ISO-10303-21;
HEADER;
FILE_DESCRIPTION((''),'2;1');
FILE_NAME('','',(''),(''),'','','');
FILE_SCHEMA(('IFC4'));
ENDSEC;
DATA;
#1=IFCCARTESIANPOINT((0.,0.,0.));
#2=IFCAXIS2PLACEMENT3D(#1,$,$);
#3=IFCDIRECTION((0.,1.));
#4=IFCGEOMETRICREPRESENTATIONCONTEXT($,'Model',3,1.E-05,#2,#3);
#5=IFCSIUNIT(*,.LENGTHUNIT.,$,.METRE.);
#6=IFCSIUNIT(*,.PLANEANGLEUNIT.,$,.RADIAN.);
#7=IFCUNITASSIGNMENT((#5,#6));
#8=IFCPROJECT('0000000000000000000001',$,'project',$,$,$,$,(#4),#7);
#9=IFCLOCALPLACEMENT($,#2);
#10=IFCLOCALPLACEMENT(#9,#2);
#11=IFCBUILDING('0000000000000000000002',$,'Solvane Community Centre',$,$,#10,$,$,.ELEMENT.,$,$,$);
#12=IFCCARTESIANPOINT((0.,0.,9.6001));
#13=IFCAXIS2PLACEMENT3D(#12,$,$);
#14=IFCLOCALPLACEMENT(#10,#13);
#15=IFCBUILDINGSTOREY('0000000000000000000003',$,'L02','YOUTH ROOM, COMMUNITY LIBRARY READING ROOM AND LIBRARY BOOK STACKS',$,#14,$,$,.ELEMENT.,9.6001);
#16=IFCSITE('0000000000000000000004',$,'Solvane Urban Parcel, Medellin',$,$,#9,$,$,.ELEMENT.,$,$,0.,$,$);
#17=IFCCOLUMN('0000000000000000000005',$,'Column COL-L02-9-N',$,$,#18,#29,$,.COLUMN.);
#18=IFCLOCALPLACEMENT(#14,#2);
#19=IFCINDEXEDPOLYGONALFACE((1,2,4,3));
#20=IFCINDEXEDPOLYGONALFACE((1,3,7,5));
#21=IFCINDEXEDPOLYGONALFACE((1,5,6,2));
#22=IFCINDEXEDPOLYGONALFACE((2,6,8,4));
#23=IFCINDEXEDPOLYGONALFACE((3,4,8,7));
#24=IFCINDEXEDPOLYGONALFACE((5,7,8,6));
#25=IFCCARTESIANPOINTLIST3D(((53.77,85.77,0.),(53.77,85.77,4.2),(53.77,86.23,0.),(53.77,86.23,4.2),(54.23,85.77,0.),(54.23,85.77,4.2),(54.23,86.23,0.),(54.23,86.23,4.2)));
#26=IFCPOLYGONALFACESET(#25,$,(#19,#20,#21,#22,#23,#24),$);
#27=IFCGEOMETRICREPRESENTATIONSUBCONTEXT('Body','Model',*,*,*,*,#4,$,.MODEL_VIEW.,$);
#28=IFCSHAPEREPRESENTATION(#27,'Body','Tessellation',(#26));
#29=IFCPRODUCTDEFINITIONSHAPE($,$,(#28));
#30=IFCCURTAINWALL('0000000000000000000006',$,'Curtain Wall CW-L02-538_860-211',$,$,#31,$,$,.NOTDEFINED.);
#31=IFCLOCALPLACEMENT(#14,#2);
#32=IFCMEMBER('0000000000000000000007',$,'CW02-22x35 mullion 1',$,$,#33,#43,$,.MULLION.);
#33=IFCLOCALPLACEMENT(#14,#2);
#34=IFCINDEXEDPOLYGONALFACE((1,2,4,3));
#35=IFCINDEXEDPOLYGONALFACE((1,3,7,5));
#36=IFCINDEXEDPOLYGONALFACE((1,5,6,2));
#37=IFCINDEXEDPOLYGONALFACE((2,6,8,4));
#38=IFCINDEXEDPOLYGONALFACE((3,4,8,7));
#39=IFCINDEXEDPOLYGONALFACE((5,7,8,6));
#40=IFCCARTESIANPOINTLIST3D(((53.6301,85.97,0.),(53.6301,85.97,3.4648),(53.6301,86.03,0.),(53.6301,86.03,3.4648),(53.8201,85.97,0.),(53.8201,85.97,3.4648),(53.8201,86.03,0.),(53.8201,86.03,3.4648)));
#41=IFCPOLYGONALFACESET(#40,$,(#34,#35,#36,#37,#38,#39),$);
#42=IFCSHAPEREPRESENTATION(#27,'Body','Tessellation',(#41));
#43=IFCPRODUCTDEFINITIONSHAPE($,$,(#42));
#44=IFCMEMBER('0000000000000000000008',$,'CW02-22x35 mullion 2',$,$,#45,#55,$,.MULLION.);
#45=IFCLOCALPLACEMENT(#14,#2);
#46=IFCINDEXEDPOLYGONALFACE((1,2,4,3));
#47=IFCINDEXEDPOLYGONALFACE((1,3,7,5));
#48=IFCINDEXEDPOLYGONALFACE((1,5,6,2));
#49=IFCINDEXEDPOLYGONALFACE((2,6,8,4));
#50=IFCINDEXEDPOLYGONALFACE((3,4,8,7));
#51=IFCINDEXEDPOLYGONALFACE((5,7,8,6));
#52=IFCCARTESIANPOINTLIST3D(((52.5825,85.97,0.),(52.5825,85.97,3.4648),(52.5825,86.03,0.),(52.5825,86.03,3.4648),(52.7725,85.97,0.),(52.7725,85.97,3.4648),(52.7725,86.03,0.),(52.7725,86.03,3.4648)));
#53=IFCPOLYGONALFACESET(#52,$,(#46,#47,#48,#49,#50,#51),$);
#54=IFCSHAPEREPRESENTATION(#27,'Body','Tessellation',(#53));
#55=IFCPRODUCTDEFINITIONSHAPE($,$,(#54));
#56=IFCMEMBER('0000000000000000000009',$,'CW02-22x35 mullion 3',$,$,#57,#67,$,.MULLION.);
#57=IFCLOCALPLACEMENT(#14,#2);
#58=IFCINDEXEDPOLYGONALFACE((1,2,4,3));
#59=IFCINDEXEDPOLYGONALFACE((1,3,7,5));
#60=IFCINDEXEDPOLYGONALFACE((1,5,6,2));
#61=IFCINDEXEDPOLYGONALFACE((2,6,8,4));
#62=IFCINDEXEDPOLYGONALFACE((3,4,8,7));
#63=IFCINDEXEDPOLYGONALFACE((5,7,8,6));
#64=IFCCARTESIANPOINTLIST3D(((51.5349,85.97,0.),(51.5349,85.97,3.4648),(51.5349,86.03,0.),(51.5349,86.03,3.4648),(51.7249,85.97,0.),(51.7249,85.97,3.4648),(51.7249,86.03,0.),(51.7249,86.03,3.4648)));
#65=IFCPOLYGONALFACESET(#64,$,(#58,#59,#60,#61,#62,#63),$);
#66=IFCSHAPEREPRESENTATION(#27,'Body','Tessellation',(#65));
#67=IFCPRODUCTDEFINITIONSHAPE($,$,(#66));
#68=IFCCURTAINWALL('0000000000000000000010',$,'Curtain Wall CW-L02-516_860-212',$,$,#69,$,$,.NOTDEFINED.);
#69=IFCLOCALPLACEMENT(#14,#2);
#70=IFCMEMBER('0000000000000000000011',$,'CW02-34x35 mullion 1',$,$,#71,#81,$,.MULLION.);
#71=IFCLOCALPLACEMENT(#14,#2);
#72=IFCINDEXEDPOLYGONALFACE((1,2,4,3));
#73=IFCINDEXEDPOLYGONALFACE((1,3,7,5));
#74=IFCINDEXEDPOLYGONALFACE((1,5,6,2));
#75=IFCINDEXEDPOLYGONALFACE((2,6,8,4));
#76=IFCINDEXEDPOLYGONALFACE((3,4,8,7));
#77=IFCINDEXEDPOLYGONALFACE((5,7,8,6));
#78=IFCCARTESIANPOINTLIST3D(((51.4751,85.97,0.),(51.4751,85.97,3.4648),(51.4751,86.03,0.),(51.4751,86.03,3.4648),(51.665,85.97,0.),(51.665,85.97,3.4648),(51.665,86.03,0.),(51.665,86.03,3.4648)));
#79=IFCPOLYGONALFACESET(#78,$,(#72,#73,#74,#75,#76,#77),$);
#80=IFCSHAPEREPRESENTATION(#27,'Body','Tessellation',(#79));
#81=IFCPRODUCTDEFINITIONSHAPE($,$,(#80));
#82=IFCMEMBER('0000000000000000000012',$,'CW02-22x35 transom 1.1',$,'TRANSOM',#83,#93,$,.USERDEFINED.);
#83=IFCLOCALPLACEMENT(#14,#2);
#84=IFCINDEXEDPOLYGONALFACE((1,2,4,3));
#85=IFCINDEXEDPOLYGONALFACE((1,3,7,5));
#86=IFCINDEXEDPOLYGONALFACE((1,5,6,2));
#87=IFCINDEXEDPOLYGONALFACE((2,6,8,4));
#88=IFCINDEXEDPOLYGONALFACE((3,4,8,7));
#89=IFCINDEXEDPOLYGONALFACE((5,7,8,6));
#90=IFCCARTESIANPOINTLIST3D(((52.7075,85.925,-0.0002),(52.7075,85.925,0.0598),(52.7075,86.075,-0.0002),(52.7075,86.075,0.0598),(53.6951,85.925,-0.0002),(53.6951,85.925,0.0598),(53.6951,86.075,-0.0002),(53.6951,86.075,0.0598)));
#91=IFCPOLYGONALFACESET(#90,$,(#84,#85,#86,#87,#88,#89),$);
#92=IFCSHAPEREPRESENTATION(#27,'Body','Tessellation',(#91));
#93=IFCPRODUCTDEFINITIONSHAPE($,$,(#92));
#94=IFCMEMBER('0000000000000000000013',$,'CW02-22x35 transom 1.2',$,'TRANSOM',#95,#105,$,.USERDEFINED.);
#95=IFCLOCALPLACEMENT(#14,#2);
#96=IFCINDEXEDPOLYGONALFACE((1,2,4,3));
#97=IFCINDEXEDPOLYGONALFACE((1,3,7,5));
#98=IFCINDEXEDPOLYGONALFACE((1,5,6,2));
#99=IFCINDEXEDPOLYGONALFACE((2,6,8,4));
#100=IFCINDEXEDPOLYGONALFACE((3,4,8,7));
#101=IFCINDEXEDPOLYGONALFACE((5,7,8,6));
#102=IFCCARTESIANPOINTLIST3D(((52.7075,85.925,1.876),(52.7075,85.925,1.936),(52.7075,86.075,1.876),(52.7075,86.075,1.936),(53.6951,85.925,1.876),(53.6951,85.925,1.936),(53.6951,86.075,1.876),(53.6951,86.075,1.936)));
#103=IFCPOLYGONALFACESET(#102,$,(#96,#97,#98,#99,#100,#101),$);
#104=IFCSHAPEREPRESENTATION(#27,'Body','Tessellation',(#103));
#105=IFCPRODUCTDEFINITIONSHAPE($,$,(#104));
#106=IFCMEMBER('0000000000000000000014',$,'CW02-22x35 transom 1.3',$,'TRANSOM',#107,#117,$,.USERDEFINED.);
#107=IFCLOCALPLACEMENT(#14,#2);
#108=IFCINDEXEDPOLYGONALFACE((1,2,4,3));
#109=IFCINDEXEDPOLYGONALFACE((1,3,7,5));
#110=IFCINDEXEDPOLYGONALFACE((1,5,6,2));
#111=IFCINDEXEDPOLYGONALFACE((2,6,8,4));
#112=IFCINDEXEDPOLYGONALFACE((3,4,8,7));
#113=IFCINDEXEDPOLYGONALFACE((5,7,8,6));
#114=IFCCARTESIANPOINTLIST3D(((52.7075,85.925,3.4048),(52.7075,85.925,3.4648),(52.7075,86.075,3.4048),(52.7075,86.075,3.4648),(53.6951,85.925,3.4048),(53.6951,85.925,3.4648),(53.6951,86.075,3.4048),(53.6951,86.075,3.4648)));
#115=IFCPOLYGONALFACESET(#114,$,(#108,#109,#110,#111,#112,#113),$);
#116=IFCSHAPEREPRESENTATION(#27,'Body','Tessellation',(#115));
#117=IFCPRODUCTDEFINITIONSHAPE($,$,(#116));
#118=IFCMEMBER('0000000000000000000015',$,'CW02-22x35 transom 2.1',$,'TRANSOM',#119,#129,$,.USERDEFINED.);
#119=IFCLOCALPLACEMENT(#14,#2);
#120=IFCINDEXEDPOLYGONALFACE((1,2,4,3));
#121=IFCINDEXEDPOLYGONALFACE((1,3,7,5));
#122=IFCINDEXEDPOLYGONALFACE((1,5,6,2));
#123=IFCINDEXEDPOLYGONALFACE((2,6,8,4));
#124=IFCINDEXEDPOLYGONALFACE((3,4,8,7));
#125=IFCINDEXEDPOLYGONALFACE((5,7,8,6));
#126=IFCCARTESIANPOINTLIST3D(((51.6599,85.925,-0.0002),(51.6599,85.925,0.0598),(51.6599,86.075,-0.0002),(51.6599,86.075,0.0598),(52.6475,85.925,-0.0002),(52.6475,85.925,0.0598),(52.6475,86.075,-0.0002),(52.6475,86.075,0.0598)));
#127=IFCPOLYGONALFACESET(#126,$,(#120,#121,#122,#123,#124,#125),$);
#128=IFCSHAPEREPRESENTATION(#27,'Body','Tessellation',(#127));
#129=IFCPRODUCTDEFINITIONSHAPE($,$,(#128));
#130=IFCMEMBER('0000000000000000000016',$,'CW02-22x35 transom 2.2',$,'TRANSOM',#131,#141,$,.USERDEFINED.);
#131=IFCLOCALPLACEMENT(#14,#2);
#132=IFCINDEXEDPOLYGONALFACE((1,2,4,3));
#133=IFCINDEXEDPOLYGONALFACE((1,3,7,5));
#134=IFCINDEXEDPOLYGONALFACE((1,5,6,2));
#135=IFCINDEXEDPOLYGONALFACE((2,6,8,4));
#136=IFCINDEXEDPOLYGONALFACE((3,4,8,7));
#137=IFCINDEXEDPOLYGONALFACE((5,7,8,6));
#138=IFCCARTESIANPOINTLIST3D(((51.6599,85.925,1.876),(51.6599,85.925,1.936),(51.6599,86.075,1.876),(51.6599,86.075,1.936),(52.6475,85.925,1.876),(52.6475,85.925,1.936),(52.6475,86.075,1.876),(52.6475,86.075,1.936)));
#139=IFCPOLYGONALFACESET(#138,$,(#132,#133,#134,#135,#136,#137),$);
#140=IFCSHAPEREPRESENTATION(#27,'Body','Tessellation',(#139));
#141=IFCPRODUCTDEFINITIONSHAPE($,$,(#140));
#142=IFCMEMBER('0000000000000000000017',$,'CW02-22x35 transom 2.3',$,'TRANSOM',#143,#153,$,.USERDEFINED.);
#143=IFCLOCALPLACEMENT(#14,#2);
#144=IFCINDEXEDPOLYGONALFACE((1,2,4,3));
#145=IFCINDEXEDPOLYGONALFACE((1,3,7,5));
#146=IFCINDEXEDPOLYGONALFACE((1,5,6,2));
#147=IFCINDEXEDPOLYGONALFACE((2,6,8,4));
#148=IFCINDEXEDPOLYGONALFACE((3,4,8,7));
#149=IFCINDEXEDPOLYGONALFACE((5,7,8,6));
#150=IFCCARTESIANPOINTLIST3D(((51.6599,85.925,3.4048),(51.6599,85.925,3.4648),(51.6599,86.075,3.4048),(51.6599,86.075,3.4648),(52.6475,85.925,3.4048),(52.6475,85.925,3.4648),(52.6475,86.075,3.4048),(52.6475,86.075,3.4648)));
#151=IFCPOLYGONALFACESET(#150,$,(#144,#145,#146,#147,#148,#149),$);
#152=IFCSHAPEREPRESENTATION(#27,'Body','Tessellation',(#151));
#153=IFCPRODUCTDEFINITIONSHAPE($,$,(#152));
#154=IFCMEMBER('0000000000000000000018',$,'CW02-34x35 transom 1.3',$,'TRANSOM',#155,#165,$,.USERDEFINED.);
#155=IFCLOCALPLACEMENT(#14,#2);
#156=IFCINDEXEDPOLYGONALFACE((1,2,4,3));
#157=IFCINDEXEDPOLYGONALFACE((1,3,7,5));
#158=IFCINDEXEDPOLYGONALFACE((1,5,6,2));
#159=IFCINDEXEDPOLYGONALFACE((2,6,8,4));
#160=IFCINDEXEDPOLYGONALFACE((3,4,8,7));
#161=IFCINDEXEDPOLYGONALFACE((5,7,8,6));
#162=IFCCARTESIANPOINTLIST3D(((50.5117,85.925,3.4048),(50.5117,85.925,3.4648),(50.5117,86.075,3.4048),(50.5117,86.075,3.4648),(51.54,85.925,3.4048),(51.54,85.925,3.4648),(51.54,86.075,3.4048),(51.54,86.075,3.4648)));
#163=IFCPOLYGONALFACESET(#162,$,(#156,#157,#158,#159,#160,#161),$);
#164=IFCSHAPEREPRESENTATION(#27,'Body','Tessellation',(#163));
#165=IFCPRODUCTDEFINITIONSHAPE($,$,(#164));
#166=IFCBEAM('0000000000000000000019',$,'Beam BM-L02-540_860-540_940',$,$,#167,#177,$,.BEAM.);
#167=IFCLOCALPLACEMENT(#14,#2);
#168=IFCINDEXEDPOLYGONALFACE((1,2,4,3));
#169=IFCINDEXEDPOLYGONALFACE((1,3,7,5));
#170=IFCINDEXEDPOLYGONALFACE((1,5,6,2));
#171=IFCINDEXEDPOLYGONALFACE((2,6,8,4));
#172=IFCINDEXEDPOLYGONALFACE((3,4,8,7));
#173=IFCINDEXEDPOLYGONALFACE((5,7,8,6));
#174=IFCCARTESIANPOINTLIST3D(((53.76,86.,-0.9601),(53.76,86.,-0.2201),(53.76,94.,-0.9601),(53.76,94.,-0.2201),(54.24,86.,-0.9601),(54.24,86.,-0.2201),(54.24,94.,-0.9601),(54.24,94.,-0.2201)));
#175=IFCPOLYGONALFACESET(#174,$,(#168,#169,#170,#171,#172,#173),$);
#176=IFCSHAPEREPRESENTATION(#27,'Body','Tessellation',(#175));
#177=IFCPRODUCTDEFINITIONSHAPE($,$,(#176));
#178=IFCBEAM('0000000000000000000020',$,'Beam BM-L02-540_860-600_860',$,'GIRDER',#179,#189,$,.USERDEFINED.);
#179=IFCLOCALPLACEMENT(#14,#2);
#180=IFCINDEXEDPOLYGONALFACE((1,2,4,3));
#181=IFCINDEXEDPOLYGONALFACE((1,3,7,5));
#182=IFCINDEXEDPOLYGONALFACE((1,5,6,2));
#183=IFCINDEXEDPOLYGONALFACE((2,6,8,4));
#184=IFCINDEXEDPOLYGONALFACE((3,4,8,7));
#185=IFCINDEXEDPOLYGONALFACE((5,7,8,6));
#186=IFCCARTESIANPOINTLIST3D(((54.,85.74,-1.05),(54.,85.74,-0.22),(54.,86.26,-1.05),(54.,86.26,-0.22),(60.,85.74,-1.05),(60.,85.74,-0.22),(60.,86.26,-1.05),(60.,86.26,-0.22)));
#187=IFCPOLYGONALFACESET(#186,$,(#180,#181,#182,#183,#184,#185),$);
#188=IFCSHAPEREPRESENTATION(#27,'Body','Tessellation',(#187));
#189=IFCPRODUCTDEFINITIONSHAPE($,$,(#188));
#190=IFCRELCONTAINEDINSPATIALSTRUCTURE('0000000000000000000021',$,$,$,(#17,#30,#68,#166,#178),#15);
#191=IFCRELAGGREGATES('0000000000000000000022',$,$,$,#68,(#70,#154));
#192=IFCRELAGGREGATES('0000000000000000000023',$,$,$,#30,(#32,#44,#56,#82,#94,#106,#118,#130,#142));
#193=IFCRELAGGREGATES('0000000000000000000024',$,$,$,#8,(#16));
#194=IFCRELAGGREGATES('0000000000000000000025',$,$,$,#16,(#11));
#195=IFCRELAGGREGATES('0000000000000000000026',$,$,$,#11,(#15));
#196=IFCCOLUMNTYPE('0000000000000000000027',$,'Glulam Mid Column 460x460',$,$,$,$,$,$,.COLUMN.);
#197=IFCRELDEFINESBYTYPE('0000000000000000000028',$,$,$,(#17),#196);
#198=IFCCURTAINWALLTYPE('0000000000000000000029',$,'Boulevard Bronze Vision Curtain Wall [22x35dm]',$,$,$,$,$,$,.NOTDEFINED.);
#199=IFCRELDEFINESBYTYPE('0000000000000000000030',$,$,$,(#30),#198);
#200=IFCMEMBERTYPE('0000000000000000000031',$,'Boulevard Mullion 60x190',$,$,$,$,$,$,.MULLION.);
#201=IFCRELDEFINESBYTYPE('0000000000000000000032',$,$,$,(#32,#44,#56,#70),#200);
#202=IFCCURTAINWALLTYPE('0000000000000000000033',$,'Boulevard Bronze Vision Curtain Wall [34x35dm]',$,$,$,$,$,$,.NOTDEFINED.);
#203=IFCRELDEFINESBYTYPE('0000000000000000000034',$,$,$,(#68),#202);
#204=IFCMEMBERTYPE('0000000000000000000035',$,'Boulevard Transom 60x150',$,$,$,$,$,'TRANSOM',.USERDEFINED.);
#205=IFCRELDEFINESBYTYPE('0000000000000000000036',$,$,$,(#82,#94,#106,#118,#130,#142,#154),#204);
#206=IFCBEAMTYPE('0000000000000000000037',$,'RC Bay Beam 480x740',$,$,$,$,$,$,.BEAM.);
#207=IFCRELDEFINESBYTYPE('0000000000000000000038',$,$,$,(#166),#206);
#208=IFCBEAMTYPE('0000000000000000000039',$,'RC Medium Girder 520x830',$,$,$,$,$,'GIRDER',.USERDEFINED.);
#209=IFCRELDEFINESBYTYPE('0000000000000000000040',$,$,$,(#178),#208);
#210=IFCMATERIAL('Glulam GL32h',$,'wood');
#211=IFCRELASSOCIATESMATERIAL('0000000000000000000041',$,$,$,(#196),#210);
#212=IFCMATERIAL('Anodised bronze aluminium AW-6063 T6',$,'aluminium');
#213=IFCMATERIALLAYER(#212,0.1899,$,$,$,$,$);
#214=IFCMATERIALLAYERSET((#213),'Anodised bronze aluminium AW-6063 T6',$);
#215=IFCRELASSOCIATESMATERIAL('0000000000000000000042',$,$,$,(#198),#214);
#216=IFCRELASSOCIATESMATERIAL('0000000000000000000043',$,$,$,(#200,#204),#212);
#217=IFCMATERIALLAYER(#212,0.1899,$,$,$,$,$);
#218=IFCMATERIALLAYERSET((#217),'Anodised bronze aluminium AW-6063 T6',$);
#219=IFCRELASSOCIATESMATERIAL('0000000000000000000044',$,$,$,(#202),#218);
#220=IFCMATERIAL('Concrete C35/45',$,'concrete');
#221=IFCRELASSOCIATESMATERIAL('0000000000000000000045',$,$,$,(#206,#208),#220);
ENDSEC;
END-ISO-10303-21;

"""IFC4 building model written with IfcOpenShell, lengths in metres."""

from ifc_helpers import new_model, si_unit, direction, frame, origin, origin_2d, place, context, subcontext, project, spatial, rectangle, extrude, material, layer, layer_set, material_profile, profile_set, type_object, element, aggregate, save


model = new_model("IFC4")

# Units and contexts
model_context = context("Model", 3, precision=1e-05, world=origin(), true_north=direction((0.0, 1.0)))
body_context = subcontext(model_context, "Body", "Model", "MODEL_VIEW")
ifc_project = project(units=[si_unit("LENGTHUNIT", "METRE"), si_unit("PLANEANGLEUNIT", "RADIAN")], contexts=[model_context])

# Site, building, storey
site_placement = place(None, origin())
site = spatial("IfcSite", under=ifc_project, at=site_placement, Name="Solvane Urban Parcel, Medellin", CompositionType="ELEMENT", RefElevation=0.0)
building_placement = place(site_placement, origin())
building = spatial("IfcBuilding", under=site, at=building_placement, Name="Solvane Community Centre", CompositionType="ELEMENT")
storey_placement = place(building_placement, frame((0.0, 0.0, 9.6001)))
storey = spatial("IfcBuildingStorey", under=building, at=storey_placement, Name="L02", Description="YOUTH ROOM, COMMUNITY LIBRARY READING ROOM AND LIBRARY BOOK STACKS", CompositionType="ELEMENT", Elevation=9.6001)

# Column
ifc_material_1 = material(Name="Glulam GL32h", Category="wood")
ifc_material_profile_1 = material_profile(ifc_material_1, rectangle(XDim=0.46, YDim=0.46, at=origin_2d()), Name="GL32h 460x460")
ifc_profile_set_1 = profile_set([ifc_material_profile_1], Name="Glulam GL32h")
column_type = type_object("IfcColumnType", Name="Glulam Mid Column 460x460", PredefinedType="COLUMN", material=ifc_profile_set_1)
column_placement = place(storey_placement, frame((54.0, 86.0, 0.0), z_axis=(0.0, 0.0, 1.0), x_axis=(1.0, 0.0, 0.0)))
element("IfcColumn", 1, at=column_placement, inside=storey, type_object=column_type, Name="Column COL-L02-9-N", PredefinedType="COLUMN", context=body_context, shape_type="SweptSolid", body=[
    extrude(rectangle(XDim=0.46, YDim=0.46, at=origin_2d()), origin(), (0.0, 0.0, 1.0), 4.2),
])

# Curtain wall, members
ifc_material_2 = material(Name="Anodised bronze aluminium AW-6063 T6", Category="aluminium")
ifc_layer_1 = layer(ifc_material_2, 0.1899)
ifc_layer_set_1 = layer_set([ifc_layer_1], Name="Anodised bronze aluminium AW-6063 T6")
curtain_wall_type_1 = type_object("IfcCurtainWallType", Name="Boulevard Bronze Vision Curtain Wall [22x35dm]", PredefinedType="NOTDEFINED", material=ifc_layer_set_1)
curtain_wall_1_placement = place(storey_placement, origin())
curtain_wall_1 = element("IfcCurtainWall", 2, at=curtain_wall_1_placement, inside=storey, type_object=curtain_wall_type_1, Name="Curtain Wall CW-L02-538_860-211", PredefinedType="NOTDEFINED")
ifc_material_profile_2 = material_profile(ifc_material_2, rectangle(XDim=0.0601, YDim=0.1899, at=origin_2d()), Name="CW-M 60x190")
ifc_profile_set_2 = profile_set([ifc_material_profile_2], Name="Anodised bronze aluminium AW-6063 T6")
member_type_1 = type_object("IfcMemberType", Name="Boulevard Mullion 60x190", PredefinedType="MULLION", material=ifc_profile_set_2)
member_1_placement = place(storey_placement, frame((53.7251, 86.0, 0.0), z_axis=(0.0, 0.0, 1.0), x_axis=(0.0, -1.0, 0.0)))
member_1 = element("IfcMember", 3, at=member_1_placement, type_object=member_type_1, Name="CW02-22x35 mullion 1", PredefinedType="MULLION", context=body_context, shape_type="SweptSolid", body=[
    extrude(rectangle(XDim=0.0601, YDim=0.1899, at=origin_2d()), origin(), (0.0, 0.0, 1.0), 3.4648),
])
member_2_placement = place(storey_placement, frame((52.6775, 86.0, 0.0), z_axis=(0.0, 0.0, 1.0), x_axis=(0.0, -1.0, 0.0)))
member_2 = element("IfcMember", 4, at=member_2_placement, type_object=member_type_1, Name="CW02-22x35 mullion 2", PredefinedType="MULLION", context=body_context, shape_type="SweptSolid", body=[
    extrude(rectangle(XDim=0.0601, YDim=0.1899, at=origin_2d()), origin(), (0.0, 0.0, 1.0), 3.4648),
])
member_3_placement = place(storey_placement, frame((51.6299, 86.0, 0.0), z_axis=(0.0, 0.0, 1.0), x_axis=(0.0, -1.0, 0.0)))
member_3 = element("IfcMember", 5, at=member_3_placement, type_object=member_type_1, Name="CW02-22x35 mullion 3", PredefinedType="MULLION", context=body_context, shape_type="SweptSolid", body=[
    extrude(rectangle(XDim=0.0601, YDim=0.1899, at=origin_2d()), origin(), (0.0, 0.0, 1.0), 3.4648),
])

# Curtain wall, member
ifc_layer_2 = layer(ifc_material_2, 0.1899)
ifc_layer_set_2 = layer_set([ifc_layer_2], Name="Anodised bronze aluminium AW-6063 T6")
curtain_wall_type_2 = type_object("IfcCurtainWallType", Name="Boulevard Bronze Vision Curtain Wall [34x35dm]", PredefinedType="NOTDEFINED", material=ifc_layer_set_2)
curtain_wall_2_placement = place(storey_placement, origin())
curtain_wall_2 = element("IfcCurtainWall", 6, at=curtain_wall_2_placement, inside=storey, type_object=curtain_wall_type_2, Name="Curtain Wall CW-L02-516_860-212", PredefinedType="NOTDEFINED")
member_4_placement = place(storey_placement, frame((51.5701, 86.0, 0.0), z_axis=(0.0, 0.0, 1.0), x_axis=(0.0, -1.0, 0.0)))
member_4 = element("IfcMember", 7, at=member_4_placement, type_object=member_type_1, Name="CW02-34x35 mullion 1", PredefinedType="MULLION", context=body_context, shape_type="SweptSolid", body=[
    extrude(rectangle(XDim=0.0601, YDim=0.1899, at=origin_2d()), origin(), (0.0, 0.0, 1.0), 3.4648),
])

# Members
ifc_material_profile_3 = material_profile(ifc_material_2, rectangle(XDim=0.1499, YDim=0.0601, at=origin_2d()), Name="CW-T 60x150")
ifc_profile_set_3 = profile_set([ifc_material_profile_3], Name="Anodised bronze aluminium AW-6063 T6")
member_type_2 = type_object("IfcMemberType", Name="Boulevard Transom 60x150", ElementType="TRANSOM", PredefinedType="USERDEFINED", material=ifc_profile_set_3)
member_5_placement = place(storey_placement, frame((53.6951, 86.0, 0.0298), z_axis=(-1.0, 0.0, 0.0), x_axis=(0.0, -1.0, 0.0)))
member_5 = element("IfcMember", 8, at=member_5_placement, type_object=member_type_2, Name="CW02-22x35 transom 1.1", ObjectType="TRANSOM", PredefinedType="USERDEFINED", context=body_context, shape_type="SweptSolid", body=[
    extrude(rectangle(XDim=0.1499, YDim=0.0601, at=origin_2d()), origin(), (0.0, 0.0, 1.0), 0.9875),
])
member_6_placement = place(storey_placement, frame((53.6951, 86.0, 1.906), z_axis=(-1.0, 0.0, 0.0), x_axis=(0.0, -1.0, 0.0)))
member_6 = element("IfcMember", 9, at=member_6_placement, type_object=member_type_2, Name="CW02-22x35 transom 1.2", ObjectType="TRANSOM", PredefinedType="USERDEFINED", context=body_context, shape_type="SweptSolid", body=[
    extrude(rectangle(XDim=0.1499, YDim=0.0601, at=origin_2d()), origin(), (0.0, 0.0, 1.0), 0.9875),
])
member_7_placement = place(storey_placement, frame((53.6951, 86.0, 3.4348), z_axis=(-1.0, 0.0, 0.0), x_axis=(0.0, -1.0, 0.0)))
member_7 = element("IfcMember", 10, at=member_7_placement, type_object=member_type_2, Name="CW02-22x35 transom 1.3", ObjectType="TRANSOM", PredefinedType="USERDEFINED", context=body_context, shape_type="SweptSolid", body=[
    extrude(rectangle(XDim=0.1499, YDim=0.0601, at=origin_2d()), origin(), (0.0, 0.0, 1.0), 0.9875),
])
member_8_placement = place(storey_placement, frame((52.6475, 86.0, 0.0298), z_axis=(-1.0, 0.0, 0.0), x_axis=(0.0, -1.0, 0.0)))
member_8 = element("IfcMember", 11, at=member_8_placement, type_object=member_type_2, Name="CW02-22x35 transom 2.1", ObjectType="TRANSOM", PredefinedType="USERDEFINED", context=body_context, shape_type="SweptSolid", body=[
    extrude(rectangle(XDim=0.1499, YDim=0.0601, at=origin_2d()), origin(), (0.0, 0.0, 1.0), 0.9875),
])
member_9_placement = place(storey_placement, frame((52.6475, 86.0, 1.906), z_axis=(-1.0, 0.0, 0.0), x_axis=(0.0, -1.0, 0.0)))
member_9 = element("IfcMember", 12, at=member_9_placement, type_object=member_type_2, Name="CW02-22x35 transom 2.2", ObjectType="TRANSOM", PredefinedType="USERDEFINED", context=body_context, shape_type="SweptSolid", body=[
    extrude(rectangle(XDim=0.1499, YDim=0.0601, at=origin_2d()), origin(), (0.0, 0.0, 1.0), 0.9875),
])
member_10_placement = place(storey_placement, frame((52.6475, 86.0, 3.4348), z_axis=(-1.0, 0.0, 0.0), x_axis=(0.0, -1.0, 0.0)))
member_10 = element("IfcMember", 13, at=member_10_placement, type_object=member_type_2, Name="CW02-22x35 transom 2.3", ObjectType="TRANSOM", PredefinedType="USERDEFINED", context=body_context, shape_type="SweptSolid", body=[
    extrude(rectangle(XDim=0.1499, YDim=0.0601, at=origin_2d()), origin(), (0.0, 0.0, 1.0), 0.9875),
])
member_11_placement = place(storey_placement, frame((51.54, 86.0, 3.4348), z_axis=(-1.0, 0.0, 0.0), x_axis=(0.0, -1.0, 0.0)))
member_11 = element("IfcMember", 14, at=member_11_placement, type_object=member_type_2, Name="CW02-34x35 transom 1.3", ObjectType="TRANSOM", PredefinedType="USERDEFINED", context=body_context, shape_type="SweptSolid", body=[
    extrude(rectangle(XDim=0.1499, YDim=0.0601, at=origin_2d()), origin(), (0.0, 0.0, 1.0), 1.0283),
])
aggregate(curtain_wall_2, [member_4, member_11])

# Beams
ifc_material_3 = material(Name="Concrete C35/45", Category="concrete")
ifc_material_profile_4 = material_profile(ifc_material_3, rectangle(XDim=0.48, YDim=0.74, at=origin_2d()), Name="RC 480x740")
ifc_profile_set_4 = profile_set([ifc_material_profile_4], Name="Concrete C35/45")
beam_type_1 = type_object("IfcBeamType", Name="RC Bay Beam 480x740", PredefinedType="BEAM", material=ifc_profile_set_4)
beam_1_placement = place(storey_placement, frame((54.0, 86.0, -0.5901), z_axis=(0.0, 1.0, 0.0), x_axis=(-1.0, 0.0, 0.0)))
element("IfcBeam", 15, at=beam_1_placement, inside=storey, type_object=beam_type_1, Name="Beam BM-L02-540_860-540_940", PredefinedType="BEAM", context=body_context, shape_type="SweptSolid", body=[
    extrude(rectangle(XDim=0.48, YDim=0.74, at=origin_2d()), origin(), (0.0, 0.0, 1.0), 8.0),
])
ifc_material_profile_5 = material_profile(ifc_material_3, rectangle(XDim=0.52, YDim=0.8301, at=origin_2d()), Name="RC 520x830")
ifc_profile_set_5 = profile_set([ifc_material_profile_5], Name="Concrete C35/45")
beam_type_2 = type_object("IfcBeamType", Name="RC Medium Girder 520x830", ElementType="GIRDER", PredefinedType="USERDEFINED", material=ifc_profile_set_5)
beam_2_placement = place(storey_placement, frame((54.0, 86.0, -0.635), z_axis=(1.0, 0.0, 0.0), x_axis=(0.0, 1.0, 0.0)))
element("IfcBeam", 16, at=beam_2_placement, inside=storey, type_object=beam_type_2, Name="Beam BM-L02-540_860-600_860", ObjectType="GIRDER", PredefinedType="USERDEFINED", context=body_context, shape_type="SweptSolid", body=[
    extrude(rectangle(XDim=0.52, YDim=0.8301, at=origin_2d()), origin(), (0.0, 0.0, 1.0), 6.0),
])

aggregate(curtain_wall_1, [member_1, member_2, member_3, member_5, member_6, member_7, member_8, member_9, member_10])

save(model, "model.ifc")
